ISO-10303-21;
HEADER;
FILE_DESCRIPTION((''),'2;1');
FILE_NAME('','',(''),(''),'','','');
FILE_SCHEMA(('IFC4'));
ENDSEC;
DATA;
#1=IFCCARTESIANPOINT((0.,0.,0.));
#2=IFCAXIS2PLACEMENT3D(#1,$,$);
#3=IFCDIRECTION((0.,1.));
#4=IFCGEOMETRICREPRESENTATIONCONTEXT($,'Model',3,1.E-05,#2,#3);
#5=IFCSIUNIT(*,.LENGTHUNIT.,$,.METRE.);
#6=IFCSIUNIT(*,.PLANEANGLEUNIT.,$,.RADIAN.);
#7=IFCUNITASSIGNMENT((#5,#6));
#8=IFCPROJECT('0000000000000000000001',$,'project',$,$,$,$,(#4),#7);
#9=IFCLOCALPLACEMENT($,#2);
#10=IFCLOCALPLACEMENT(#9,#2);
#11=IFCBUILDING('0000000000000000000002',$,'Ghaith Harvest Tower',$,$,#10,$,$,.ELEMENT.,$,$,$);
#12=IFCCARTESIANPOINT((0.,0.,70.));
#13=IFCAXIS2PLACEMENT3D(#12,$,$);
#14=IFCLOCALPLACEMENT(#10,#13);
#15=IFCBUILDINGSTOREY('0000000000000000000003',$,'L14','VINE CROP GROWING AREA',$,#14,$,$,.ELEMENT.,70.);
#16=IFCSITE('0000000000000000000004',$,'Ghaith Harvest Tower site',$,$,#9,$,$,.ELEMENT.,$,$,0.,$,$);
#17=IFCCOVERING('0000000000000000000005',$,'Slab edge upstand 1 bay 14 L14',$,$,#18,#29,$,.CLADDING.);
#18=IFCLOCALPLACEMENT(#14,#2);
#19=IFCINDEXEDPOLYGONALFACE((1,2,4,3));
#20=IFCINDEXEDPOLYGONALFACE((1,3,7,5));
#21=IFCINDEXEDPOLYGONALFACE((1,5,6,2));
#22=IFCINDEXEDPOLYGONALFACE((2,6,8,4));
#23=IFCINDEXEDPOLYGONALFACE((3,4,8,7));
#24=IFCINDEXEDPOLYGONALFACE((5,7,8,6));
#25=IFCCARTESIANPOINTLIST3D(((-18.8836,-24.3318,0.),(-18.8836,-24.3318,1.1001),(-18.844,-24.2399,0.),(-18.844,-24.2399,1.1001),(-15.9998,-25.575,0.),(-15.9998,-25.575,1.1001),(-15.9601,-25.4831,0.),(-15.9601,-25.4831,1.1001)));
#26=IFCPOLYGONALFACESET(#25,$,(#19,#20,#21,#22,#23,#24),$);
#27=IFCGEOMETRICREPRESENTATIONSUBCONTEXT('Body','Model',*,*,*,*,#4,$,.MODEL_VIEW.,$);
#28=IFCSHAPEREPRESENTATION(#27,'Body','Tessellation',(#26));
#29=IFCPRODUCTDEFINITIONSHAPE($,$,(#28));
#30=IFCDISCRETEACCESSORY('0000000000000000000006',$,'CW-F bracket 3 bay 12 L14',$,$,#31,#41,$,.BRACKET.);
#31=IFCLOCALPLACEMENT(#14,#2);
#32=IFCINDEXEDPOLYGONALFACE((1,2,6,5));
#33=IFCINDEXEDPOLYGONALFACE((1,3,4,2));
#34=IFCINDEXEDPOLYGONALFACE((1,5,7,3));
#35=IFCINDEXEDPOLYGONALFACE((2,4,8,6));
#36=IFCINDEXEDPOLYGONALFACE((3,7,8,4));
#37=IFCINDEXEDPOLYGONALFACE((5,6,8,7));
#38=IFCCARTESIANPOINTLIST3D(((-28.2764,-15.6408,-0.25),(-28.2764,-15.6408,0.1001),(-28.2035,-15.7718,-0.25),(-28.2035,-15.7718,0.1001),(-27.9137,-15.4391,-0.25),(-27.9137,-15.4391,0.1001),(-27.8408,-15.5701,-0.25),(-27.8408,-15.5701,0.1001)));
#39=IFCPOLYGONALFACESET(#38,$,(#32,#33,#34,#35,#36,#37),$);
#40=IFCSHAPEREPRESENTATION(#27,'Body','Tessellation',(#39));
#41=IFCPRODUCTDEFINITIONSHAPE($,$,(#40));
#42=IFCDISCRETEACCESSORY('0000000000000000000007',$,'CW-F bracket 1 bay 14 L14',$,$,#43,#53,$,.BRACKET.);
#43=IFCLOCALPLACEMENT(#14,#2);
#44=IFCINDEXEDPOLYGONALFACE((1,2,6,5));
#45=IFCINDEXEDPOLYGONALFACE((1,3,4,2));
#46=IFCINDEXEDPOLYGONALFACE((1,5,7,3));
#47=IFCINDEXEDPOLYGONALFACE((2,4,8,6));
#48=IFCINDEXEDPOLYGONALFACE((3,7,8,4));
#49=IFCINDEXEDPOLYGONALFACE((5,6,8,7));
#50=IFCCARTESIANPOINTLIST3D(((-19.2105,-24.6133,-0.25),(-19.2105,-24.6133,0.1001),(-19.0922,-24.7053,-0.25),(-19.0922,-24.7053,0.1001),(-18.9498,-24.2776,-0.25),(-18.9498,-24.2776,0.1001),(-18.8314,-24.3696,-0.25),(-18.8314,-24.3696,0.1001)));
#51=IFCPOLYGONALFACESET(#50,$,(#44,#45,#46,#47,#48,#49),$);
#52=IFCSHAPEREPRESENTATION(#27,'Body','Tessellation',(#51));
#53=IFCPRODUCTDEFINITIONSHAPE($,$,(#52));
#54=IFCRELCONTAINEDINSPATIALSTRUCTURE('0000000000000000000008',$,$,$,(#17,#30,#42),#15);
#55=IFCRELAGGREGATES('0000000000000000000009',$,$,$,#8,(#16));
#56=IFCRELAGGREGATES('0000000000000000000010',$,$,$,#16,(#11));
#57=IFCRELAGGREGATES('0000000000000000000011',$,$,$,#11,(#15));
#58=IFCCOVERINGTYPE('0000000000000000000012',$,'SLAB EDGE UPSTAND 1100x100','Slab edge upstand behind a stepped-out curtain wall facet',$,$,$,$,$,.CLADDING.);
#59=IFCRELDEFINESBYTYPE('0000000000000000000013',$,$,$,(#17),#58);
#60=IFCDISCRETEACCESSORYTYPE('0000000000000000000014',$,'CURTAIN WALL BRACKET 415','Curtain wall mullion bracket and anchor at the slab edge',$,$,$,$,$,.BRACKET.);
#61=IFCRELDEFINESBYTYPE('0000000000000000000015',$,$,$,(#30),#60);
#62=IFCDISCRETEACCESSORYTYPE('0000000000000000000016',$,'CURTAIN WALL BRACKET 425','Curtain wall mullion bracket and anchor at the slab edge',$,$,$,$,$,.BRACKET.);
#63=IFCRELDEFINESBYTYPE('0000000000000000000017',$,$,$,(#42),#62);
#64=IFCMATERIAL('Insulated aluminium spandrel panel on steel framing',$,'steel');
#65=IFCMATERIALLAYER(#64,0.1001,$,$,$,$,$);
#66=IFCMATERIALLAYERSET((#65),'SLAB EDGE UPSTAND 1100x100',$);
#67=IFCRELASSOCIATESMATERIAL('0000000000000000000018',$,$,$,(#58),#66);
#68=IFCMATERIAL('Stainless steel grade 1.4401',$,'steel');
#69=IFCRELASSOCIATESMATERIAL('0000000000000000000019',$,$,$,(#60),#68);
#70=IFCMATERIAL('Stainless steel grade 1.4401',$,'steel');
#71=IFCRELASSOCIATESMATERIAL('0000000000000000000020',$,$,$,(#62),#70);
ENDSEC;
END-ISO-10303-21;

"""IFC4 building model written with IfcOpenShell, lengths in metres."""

from ifc_helpers import new_model, si_unit, direction, frame, origin, origin_2d, place, context, subcontext, project, spatial, rectangle, extrude, material, layer, layer_set, type_object, element, save


model = new_model("IFC4")

# Units and contexts
model_context = context("Model", 3, precision=1e-05, world=origin(), true_north=direction((0.0, 1.0)))
body_context = subcontext(model_context, "Body", "Model", "MODEL_VIEW")
ifc_project = project(units=[si_unit("LENGTHUNIT", "METRE"), si_unit("PLANEANGLEUNIT", "RADIAN")], contexts=[model_context])

# Site, building, storey
site_placement = place(None, origin())
site = spatial("IfcSite", under=ifc_project, at=site_placement, Name="Ghaith Harvest Tower site", CompositionType="ELEMENT", RefElevation=0.0)
building_placement = place(site_placement, origin())
building = spatial("IfcBuilding", under=site, at=building_placement, Name="Ghaith Harvest Tower", CompositionType="ELEMENT")
storey_placement = place(building_placement, frame((0.0, 0.0, 70.0)))
storey = spatial("IfcBuildingStorey", under=building, at=storey_placement, Name="L14", Description="VINE CROP GROWING AREA", CompositionType="ELEMENT", Elevation=70.0)

# Covering
ifc_material_1 = material(Name="Insulated aluminium spandrel panel on steel framing", Category="steel")
ifc_layer_1 = layer(ifc_material_1, 0.1001)
ifc_layer_set_1 = layer_set([ifc_layer_1], Name="SLAB EDGE UPSTAND 1100x100")
covering_type = type_object("IfcCoveringType", Name="SLAB EDGE UPSTAND 1100x100", Description="Slab edge upstand behind a stepped-out curtain wall facet", PredefinedType="CLADDING", material=ifc_layer_set_1)
covering_1_placement = place(storey_placement, frame((-17.4219, -24.9075, 0.0), z_axis=(0.0, 0.0, 1.0), x_axis=(0.918307, -0.395869, 0.0)))
element("IfcCovering", 1, at=covering_1_placement, inside=storey, type_object=covering_type, Name="Slab edge upstand 1 bay 14 L14", PredefinedType="CLADDING", context=body_context, shape_type="SweptSolid", body=[
    extrude(rectangle(XDim=3.1404, YDim=0.1001, at=origin_2d()), origin(), (0.0, 0.0, 1.0), 1.1001),
])

# Discrete accessories
ifc_material_2 = material(Name="Stainless steel grade 1.4401", Category="steel")
discrete_accessory_type_1 = type_object("IfcDiscreteAccessoryType", Name="CURTAIN WALL BRACKET 415", Description="Curtain wall mullion bracket and anchor at the slab edge", PredefinedType="BRACKET", material=ifc_material_2)
discrete_accessory_1_placement = place(storey_placement, frame((-28.0586, -15.6055, -0.25), z_axis=(0.0, 0.0, 1.0), x_axis=(-0.873927, -0.486057, 0.0)))
element("IfcDiscreteAccessory", 2, at=discrete_accessory_1_placement, inside=storey, type_object=discrete_accessory_type_1, Name="CW-F bracket 3 bay 12 L14", PredefinedType="BRACKET", context=body_context, shape_type="SweptSolid", body=[
    extrude(rectangle(XDim=0.415, YDim=0.1499, at=origin_2d()), origin(), (0.0, 0.0, 1.0), 0.3501),
])
ifc_material_3 = material(Name="Stainless steel grade 1.4401", Category="steel")
discrete_accessory_type_2 = type_object("IfcDiscreteAccessoryType", Name="CURTAIN WALL BRACKET 425", Description="Curtain wall mullion bracket and anchor at the slab edge", PredefinedType="BRACKET", material=ifc_material_3)
discrete_accessory_2_placement = place(storey_placement, frame((-19.021, -24.4915, -0.25), z_axis=(0.0, 0.0, 1.0), x_axis=(-0.613378, -0.78979, 0.0)))
element("IfcDiscreteAccessory", 3, at=discrete_accessory_2_placement, inside=storey, type_object=discrete_accessory_type_2, Name="CW-F bracket 1 bay 14 L14", PredefinedType="BRACKET", context=body_context, shape_type="SweptSolid", body=[
    extrude(rectangle(XDim=0.425, YDim=0.1499, at=origin_2d()), origin(), (0.0, 0.0, 1.0), 0.3501),
])

save(model, "model.ifc")
